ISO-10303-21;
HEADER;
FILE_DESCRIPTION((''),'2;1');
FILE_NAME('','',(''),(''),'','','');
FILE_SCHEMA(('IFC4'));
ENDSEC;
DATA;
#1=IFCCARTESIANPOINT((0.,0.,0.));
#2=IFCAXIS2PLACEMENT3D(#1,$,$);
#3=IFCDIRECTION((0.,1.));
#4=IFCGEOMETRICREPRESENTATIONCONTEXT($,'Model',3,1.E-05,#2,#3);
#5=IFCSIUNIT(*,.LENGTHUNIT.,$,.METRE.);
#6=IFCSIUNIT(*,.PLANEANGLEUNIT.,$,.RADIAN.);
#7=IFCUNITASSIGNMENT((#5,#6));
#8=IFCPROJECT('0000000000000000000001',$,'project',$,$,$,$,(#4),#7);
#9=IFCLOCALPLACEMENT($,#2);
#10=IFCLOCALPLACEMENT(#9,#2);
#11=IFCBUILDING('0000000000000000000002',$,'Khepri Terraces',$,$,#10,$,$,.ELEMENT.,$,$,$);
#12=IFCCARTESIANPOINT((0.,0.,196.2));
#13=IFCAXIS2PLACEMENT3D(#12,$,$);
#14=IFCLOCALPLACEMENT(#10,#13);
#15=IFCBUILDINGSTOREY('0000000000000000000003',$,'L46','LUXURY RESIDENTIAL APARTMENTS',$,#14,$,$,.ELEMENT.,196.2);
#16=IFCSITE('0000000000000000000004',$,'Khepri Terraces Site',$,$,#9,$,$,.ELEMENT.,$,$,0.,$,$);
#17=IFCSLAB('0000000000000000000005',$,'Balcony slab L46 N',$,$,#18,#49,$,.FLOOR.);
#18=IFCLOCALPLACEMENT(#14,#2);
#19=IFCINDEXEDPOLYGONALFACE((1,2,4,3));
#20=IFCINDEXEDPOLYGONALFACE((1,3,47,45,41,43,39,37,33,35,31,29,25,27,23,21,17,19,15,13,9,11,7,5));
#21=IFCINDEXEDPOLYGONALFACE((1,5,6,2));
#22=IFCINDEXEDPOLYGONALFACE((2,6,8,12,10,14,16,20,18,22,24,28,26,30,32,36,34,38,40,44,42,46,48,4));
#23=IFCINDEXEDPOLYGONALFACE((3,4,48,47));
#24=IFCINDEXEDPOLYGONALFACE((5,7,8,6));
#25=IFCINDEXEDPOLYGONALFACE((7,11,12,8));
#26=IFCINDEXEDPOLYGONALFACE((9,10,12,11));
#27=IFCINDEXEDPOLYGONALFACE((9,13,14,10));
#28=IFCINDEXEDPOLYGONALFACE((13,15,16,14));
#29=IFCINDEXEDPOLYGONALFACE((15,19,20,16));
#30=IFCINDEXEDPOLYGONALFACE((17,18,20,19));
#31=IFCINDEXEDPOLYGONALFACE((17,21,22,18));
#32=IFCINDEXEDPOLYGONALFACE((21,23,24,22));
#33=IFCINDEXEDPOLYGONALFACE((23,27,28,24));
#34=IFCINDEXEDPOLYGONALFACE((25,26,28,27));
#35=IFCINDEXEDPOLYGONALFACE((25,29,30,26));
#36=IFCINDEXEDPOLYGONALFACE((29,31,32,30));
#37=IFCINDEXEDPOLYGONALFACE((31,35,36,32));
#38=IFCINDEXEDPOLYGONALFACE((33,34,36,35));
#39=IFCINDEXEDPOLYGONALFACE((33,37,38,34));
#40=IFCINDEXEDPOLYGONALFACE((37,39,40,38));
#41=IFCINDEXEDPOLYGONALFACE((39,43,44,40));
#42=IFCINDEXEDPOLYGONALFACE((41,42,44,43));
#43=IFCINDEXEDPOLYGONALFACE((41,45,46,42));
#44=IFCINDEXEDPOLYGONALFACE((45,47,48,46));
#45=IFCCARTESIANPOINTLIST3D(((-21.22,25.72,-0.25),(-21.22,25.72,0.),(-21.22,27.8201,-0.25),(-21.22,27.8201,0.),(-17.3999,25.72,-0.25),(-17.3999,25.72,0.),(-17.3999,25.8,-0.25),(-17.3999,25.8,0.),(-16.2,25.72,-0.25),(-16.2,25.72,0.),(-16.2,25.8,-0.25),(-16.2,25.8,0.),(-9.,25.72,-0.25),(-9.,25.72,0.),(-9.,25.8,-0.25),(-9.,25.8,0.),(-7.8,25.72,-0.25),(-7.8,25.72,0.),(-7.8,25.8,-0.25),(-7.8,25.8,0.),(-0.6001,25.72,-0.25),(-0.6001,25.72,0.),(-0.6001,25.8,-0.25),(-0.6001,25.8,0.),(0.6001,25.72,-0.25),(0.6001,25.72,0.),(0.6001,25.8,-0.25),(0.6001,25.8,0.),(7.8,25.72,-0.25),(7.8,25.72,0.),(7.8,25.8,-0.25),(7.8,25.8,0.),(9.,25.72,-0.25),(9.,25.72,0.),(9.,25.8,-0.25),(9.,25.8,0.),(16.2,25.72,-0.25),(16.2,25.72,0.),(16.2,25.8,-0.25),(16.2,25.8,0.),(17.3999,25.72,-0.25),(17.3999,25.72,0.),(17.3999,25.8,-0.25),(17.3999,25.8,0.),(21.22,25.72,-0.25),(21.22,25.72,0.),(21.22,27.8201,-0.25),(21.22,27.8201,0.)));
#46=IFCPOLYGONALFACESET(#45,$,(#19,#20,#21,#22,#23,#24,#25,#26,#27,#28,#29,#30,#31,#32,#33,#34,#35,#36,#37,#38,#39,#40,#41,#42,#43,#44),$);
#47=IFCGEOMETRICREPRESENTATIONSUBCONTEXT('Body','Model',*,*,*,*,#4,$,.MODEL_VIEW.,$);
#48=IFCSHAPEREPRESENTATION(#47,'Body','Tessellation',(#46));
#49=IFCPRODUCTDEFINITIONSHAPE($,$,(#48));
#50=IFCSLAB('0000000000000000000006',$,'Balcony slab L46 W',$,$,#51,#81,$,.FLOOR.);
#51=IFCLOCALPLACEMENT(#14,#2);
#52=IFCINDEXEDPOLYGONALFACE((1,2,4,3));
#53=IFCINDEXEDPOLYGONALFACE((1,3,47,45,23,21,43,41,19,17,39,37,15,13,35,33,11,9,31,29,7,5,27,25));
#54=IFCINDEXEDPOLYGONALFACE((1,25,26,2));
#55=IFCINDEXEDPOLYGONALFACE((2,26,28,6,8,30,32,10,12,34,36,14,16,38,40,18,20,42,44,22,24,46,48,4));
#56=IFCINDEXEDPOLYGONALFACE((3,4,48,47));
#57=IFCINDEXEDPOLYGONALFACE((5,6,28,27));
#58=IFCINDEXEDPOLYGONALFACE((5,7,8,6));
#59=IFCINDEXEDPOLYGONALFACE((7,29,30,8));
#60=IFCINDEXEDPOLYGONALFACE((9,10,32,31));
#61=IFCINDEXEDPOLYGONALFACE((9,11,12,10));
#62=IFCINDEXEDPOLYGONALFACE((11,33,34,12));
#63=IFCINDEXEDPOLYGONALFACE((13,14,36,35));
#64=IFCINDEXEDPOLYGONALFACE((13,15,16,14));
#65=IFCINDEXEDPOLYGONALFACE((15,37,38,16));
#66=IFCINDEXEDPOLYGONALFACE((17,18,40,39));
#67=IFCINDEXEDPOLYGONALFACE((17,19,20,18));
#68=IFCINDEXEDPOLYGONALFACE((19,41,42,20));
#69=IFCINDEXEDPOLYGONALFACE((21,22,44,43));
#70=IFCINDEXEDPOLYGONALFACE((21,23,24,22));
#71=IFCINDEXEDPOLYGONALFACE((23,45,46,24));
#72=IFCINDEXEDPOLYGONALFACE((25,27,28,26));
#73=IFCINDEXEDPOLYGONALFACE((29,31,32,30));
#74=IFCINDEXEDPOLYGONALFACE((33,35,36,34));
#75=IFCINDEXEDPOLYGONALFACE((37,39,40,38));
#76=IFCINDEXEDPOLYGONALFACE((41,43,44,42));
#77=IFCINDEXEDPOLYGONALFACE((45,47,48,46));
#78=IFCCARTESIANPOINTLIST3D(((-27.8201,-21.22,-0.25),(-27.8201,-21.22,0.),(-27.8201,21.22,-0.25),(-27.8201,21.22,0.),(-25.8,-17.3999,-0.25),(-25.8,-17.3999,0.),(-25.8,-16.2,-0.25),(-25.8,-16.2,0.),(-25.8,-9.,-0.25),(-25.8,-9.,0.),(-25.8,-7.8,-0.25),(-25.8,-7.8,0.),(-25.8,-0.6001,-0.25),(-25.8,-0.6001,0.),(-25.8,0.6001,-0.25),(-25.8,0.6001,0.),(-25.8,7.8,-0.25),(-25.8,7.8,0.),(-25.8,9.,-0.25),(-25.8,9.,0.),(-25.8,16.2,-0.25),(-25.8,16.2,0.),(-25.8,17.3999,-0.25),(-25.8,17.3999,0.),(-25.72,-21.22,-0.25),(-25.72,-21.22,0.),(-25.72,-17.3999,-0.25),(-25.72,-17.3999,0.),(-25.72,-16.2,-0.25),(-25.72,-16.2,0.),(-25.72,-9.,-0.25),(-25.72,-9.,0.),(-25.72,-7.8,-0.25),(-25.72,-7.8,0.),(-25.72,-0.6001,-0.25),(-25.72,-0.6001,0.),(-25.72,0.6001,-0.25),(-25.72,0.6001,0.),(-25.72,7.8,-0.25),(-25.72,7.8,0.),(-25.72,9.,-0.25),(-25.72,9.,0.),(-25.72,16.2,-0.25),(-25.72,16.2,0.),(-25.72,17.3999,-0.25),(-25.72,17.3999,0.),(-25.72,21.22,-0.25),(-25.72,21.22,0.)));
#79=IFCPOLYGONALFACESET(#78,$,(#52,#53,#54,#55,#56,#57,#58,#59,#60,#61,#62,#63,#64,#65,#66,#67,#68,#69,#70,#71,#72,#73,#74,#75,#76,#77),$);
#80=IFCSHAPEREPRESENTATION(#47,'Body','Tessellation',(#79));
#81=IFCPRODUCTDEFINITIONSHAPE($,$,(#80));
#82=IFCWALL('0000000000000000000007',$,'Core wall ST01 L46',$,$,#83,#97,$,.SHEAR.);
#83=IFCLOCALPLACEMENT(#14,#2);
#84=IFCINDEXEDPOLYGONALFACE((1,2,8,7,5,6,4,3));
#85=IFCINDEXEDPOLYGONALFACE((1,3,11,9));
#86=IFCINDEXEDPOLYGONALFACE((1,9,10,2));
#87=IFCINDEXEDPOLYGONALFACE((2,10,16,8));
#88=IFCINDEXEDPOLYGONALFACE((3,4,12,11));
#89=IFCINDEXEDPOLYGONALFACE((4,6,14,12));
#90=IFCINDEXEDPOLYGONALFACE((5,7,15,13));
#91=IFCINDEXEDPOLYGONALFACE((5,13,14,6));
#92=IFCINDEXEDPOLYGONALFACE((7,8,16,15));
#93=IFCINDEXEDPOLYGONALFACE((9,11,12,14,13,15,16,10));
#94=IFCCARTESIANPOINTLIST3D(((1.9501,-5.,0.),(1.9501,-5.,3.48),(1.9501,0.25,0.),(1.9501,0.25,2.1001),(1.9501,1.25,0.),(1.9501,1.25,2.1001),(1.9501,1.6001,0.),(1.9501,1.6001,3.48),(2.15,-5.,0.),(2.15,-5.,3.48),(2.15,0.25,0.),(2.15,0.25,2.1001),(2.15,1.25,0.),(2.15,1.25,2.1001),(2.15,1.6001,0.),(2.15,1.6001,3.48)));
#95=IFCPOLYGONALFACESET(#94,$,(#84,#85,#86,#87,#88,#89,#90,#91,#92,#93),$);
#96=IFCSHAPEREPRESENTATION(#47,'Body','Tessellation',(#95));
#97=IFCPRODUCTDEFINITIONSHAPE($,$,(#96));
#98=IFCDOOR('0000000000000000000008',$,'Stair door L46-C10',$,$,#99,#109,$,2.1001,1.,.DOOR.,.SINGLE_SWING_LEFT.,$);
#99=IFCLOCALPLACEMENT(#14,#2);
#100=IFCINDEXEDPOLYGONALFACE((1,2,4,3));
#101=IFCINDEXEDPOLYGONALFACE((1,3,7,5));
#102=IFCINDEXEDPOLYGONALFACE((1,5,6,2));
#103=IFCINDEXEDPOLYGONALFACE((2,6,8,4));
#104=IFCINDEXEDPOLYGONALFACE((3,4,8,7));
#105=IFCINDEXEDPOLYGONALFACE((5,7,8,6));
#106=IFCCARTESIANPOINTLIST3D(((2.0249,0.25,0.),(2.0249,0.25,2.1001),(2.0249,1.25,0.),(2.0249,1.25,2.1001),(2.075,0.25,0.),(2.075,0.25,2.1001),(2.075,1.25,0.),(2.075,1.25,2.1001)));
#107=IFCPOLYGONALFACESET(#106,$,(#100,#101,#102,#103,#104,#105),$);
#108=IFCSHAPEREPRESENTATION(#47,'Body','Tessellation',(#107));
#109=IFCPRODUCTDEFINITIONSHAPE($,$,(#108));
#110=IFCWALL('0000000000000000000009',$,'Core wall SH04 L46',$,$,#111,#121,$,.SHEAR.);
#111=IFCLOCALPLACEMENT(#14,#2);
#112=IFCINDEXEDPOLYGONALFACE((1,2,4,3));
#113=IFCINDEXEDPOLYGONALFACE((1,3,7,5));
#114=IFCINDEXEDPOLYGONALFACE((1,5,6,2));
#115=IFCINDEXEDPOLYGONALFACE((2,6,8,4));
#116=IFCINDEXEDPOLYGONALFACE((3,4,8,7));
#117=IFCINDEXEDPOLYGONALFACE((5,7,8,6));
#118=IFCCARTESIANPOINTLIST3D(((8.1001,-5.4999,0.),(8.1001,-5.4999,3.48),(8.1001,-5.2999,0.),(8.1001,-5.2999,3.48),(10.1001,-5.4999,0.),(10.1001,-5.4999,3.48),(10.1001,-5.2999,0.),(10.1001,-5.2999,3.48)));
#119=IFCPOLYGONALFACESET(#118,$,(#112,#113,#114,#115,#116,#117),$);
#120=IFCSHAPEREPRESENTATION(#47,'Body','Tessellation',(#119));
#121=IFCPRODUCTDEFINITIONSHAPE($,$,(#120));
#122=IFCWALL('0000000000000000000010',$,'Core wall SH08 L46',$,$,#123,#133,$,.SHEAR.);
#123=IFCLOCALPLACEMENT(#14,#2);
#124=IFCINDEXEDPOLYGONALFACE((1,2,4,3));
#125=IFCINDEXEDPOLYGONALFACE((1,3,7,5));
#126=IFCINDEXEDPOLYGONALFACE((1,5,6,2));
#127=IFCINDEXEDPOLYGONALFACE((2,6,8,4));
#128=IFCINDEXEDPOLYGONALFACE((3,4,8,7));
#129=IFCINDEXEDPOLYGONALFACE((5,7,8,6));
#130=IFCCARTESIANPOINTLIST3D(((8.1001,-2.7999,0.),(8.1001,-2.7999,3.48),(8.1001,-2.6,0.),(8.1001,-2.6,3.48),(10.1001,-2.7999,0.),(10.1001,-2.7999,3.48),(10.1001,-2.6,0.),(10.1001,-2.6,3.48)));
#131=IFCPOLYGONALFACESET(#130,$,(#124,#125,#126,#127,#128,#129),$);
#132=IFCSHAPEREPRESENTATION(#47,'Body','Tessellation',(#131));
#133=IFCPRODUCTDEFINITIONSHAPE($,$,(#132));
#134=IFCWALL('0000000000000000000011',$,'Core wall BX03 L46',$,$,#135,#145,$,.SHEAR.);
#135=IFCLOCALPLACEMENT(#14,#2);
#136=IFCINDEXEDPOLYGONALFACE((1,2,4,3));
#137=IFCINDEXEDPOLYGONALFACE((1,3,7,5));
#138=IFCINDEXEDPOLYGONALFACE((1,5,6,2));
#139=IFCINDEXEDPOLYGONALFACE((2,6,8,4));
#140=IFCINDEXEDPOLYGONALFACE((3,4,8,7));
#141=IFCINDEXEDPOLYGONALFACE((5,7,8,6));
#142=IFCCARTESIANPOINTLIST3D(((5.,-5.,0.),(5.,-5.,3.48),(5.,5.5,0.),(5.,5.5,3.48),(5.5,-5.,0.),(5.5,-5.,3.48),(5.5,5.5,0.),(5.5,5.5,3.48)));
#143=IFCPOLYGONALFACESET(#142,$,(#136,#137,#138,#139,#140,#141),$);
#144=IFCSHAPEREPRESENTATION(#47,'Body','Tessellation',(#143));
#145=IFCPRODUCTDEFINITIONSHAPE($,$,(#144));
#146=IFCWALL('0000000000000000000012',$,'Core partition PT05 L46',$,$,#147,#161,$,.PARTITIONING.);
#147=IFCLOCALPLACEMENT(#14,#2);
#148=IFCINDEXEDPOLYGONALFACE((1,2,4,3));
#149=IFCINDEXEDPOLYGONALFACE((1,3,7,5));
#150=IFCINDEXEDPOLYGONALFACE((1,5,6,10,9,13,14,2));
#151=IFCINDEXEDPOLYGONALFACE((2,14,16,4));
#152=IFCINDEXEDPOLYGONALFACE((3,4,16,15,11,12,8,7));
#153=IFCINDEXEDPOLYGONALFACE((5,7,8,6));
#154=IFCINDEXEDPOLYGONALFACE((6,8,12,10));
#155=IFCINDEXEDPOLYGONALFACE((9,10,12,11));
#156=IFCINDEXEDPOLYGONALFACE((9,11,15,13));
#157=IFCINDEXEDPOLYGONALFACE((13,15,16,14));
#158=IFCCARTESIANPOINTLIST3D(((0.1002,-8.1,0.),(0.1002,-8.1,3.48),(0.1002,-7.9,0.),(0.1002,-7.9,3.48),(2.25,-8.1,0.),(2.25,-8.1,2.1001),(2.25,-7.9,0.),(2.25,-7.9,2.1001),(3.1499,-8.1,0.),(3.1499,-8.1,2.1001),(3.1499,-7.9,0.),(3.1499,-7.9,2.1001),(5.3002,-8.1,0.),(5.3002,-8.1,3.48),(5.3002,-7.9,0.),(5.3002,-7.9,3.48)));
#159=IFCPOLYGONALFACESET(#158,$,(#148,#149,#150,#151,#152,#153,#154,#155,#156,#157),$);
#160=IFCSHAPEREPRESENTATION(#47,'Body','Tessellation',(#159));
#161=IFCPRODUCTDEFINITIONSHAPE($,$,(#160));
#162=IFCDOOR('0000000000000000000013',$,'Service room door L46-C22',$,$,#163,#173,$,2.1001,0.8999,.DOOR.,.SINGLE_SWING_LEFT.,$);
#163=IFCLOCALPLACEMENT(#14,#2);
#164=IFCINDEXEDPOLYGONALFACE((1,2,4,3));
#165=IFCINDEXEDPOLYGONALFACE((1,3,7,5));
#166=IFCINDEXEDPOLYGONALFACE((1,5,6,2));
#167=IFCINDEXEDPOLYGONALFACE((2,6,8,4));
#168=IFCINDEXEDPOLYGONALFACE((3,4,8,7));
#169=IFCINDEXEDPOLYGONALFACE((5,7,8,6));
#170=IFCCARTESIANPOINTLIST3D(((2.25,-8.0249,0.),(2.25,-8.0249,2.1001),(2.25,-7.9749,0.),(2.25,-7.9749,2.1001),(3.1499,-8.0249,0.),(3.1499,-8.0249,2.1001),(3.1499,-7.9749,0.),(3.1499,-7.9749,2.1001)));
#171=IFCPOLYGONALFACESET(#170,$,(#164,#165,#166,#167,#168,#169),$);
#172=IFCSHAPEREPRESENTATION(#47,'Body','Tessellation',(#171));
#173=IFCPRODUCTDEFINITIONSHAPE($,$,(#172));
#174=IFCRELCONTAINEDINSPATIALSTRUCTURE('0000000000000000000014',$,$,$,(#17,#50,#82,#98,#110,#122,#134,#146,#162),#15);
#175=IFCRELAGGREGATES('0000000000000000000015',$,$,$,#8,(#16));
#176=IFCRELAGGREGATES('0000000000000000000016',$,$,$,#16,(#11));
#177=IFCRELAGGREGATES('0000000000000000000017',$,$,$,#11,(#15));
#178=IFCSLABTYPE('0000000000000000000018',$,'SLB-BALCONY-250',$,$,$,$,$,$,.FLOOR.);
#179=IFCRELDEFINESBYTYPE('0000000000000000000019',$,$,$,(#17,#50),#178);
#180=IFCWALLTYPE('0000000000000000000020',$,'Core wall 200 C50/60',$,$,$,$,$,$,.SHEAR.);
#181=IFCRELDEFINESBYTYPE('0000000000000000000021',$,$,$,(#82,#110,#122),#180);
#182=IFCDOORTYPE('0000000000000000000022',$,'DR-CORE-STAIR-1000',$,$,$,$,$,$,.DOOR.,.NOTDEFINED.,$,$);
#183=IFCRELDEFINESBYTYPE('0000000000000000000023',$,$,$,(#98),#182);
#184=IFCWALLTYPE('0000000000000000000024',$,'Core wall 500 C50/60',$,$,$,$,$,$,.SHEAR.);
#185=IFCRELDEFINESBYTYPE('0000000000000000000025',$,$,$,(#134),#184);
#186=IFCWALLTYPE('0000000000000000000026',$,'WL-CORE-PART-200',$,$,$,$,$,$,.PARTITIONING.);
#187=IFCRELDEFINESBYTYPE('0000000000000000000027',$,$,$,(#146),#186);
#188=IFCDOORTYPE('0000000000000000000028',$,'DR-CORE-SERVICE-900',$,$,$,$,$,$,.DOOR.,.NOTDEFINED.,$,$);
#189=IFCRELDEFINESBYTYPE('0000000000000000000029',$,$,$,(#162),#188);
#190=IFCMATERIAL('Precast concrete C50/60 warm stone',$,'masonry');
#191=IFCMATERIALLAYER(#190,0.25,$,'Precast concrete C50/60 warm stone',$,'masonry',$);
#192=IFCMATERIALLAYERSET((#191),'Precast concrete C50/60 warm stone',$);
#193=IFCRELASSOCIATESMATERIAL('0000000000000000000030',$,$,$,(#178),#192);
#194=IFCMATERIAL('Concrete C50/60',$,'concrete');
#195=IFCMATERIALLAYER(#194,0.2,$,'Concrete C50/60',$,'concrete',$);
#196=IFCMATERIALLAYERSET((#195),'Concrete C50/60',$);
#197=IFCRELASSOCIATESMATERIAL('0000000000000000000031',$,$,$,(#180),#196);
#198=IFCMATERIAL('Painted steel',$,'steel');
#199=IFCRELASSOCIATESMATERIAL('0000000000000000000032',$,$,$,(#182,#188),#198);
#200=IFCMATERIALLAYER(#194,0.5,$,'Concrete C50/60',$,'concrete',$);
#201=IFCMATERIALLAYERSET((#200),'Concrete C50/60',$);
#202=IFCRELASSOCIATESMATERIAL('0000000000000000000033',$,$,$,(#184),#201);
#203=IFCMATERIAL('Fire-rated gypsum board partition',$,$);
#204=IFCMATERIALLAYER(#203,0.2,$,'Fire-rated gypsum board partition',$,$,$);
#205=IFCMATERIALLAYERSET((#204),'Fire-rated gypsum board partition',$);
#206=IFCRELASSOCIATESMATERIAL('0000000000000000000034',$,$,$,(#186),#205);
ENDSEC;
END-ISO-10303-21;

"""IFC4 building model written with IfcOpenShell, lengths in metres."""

from ifc_helpers import new_model, si_unit, direction, frame, frame_2d, origin, place, context, subcontext, project, spatial, polyline, rectangle, outline, extrude, material, layer, layer_set, type_object, element, fill, save


model = new_model("IFC4")

# Units and contexts
model_context = context("Model", 3, precision=1e-05, world=origin(), true_north=direction((0.0, 1.0)))
body_context = subcontext(model_context, "Body", "Model", "MODEL_VIEW")
ifc_project = project(units=[si_unit("LENGTHUNIT", "METRE"), si_unit("PLANEANGLEUNIT", "RADIAN")], contexts=[model_context])

# Site, building, storey
site_placement = place(None, origin())
site = spatial("IfcSite", under=ifc_project, at=site_placement, Name="Khepri Terraces Site", CompositionType="ELEMENT", RefElevation=0.0)
building_placement = place(site_placement, origin())
building = spatial("IfcBuilding", under=site, at=building_placement, Name="Khepri Terraces", CompositionType="ELEMENT")
storey_placement = place(building_placement, frame((0.0, 0.0, 196.2)))
storey = spatial("IfcBuildingStorey", under=building, at=storey_placement, Name="L46", Description="LUXURY RESIDENTIAL APARTMENTS", CompositionType="ELEMENT", Elevation=196.2)

# Slabs
ifc_material_1 = material(Name="Precast concrete C50/60 warm stone", Category="masonry")
ifc_layer_1 = layer(ifc_material_1, 0.25, Name="Precast concrete C50/60 warm stone", Category="masonry")
ifc_layer_set_1 = layer_set([ifc_layer_1], Name="Precast concrete C50/60 warm stone")
slab_type = type_object("IfcSlabType", Name="SLB-BALCONY-250", PredefinedType="FLOOR", material=ifc_layer_set_1)
slab_1_placement = place(storey_placement, frame((0.0, 0.0, -0.25)))
element("IfcSlab", 1, at=slab_1_placement, inside=storey, type_object=slab_type, Name="Balcony slab L46 N", PredefinedType="FLOOR", context=body_context, shape_type="SweptSolid", body=[
    extrude(outline(polyline([(17.3999, 25.72), (21.22, 25.72), (21.22, 27.8201), (-21.22, 27.8201), (-21.22, 25.72), (-17.3999, 25.72), (-17.3999, 25.8), (-16.2, 25.8), (-16.2, 25.72), (-9.0, 25.72), (-9.0, 25.8), (-7.8, 25.8), (-7.8, 25.72), (-0.6001, 25.72), (-0.6001, 25.8), (0.6001, 25.8), (0.6001, 25.72), (7.8, 25.72), (7.8, 25.8), (9.0, 25.8), (9.0, 25.72), (16.2, 25.72), (16.2, 25.8), (17.3999, 25.8), (17.3999, 25.72)])), origin(), (0.0, 0.0, 1.0), 0.25),
])
slab_2_placement = place(storey_placement, frame((0.0, 0.0, -0.25)))
element("IfcSlab", 2, at=slab_2_placement, inside=storey, type_object=slab_type, Name="Balcony slab L46 W", PredefinedType="FLOOR", context=body_context, shape_type="SweptSolid", body=[
    extrude(outline(polyline([(-25.72, 17.3999), (-25.72, 21.22), (-27.8201, 21.22), (-27.8201, -21.22), (-25.72, -21.22), (-25.72, -17.3999), (-25.8, -17.3999), (-25.8, -16.2), (-25.72, -16.2), (-25.72, -9.0), (-25.8, -9.0), (-25.8, -7.8), (-25.72, -7.8), (-25.72, -0.6001), (-25.8, -0.6001), (-25.8, 0.6001), (-25.72, 0.6001), (-25.72, 7.8), (-25.8, 7.8), (-25.8, 9.0), (-25.72, 9.0), (-25.72, 16.2), (-25.8, 16.2), (-25.8, 17.3999), (-25.72, 17.3999)])), origin(), (0.0, 0.0, 1.0), 0.25),
])

# Wall, opening, door
ifc_material_2 = material(Name="Concrete C50/60", Category="concrete")
ifc_layer_2 = layer(ifc_material_2, 0.2, Name="Concrete C50/60", Category="concrete")
ifc_layer_set_2 = layer_set([ifc_layer_2], Name="Concrete C50/60")
wall_type_1 = type_object("IfcWallType", Name="Core wall 200 C50/60", PredefinedType="SHEAR", material=ifc_layer_set_2)
wall_1_placement = place(storey_placement, frame((2.05, -5.0, 0.0), z_axis=(0.0, 0.0, 1.0), x_axis=(0.0, 1.0, 0.0)))
wall_1 = element("IfcWall", 3, at=wall_1_placement, inside=storey, type_object=wall_type_1, Name="Core wall ST01 L46", PredefinedType="SHEAR", context=body_context, shape_type="SweptSolid", body=[
    extrude(rectangle(XDim=6.6001, YDim=0.2, at=frame_2d((3.3, 0.0))), origin(), (0.0, 0.0, 1.0), 3.48),
])
opening_1_placement = place(wall_1_placement, frame((5.25, 0.0, 0.0)))
opening_1 = element("IfcOpeningElement", 4, at=opening_1_placement, cuts=wall_1, PredefinedType="OPENING", context=body_context, shape_type="SweptSolid", body=[
    extrude(rectangle(XDim=1.0, YDim=2.1001, at=frame_2d((0.5, 1.05))), frame((0.0, 0.1099, 0.0), z_axis=(0.0, -1.0, 0.0), x_axis=(1.0, 0.0, 0.0)), (0.0, 0.0, 1.0), 0.22),
])
ifc_material_3 = material(Name="Painted steel", Category="steel")
door_type_1 = type_object("IfcDoorType", Name="DR-CORE-STAIR-1000", OperationType="NOTDEFINED", PredefinedType="DOOR", material=ifc_material_3)
door_1_placement = place(opening_1_placement, frame((1.0, 0.0, 0.0), z_axis=(0.0, 0.0, 1.0), x_axis=(-1.0, 0.0, 0.0)))
door_1 = element("IfcDoor", 5, at=door_1_placement, inside=storey, type_object=door_type_1, Name="Stair door L46-C10", OperationType="SINGLE_SWING_LEFT", OverallHeight=2.1001, OverallWidth=1.0, PredefinedType="DOOR", context=body_context, shape_type="SweptSolid", body=[
    extrude(rectangle(XDim=1.0, YDim=2.1001, at=frame_2d((0.5, 1.05))), frame((0.0, 0.0249, 0.0), z_axis=(0.0, -1.0, 0.0), x_axis=(1.0, 0.0, 0.0)), (0.0, 0.0, 1.0), 0.05),
])
fill(opening_1, door_1)

# Walls
for number, where, z_axis, x_axis, name in (
    (6, (8.1001, -5.3999, 0.0), (0.0, 0.0, 1.0), (1.0, 0.0, 0.0), "Core wall SH04 L46"),
    (7, (8.1001, -2.7, 0.0), (0.0, 0.0, 1.0), (1.0, 0.0, 0.0), "Core wall SH08 L46"),
):
    element("IfcWall", number, at=place(storey_placement, frame(where, z_axis=z_axis, x_axis=x_axis)), inside=storey, type_object=wall_type_1, Name=name, PredefinedType="SHEAR", context=body_context, shape_type="SweptSolid", body=[
        extrude(rectangle(XDim=2.0, YDim=0.2, at=frame_2d((1.0, 0.0))), origin(), (0.0, 0.0, 1.0), 3.48),
    ])
ifc_layer_3 = layer(ifc_material_2, 0.5, Name="Concrete C50/60", Category="concrete")
ifc_layer_set_3 = layer_set([ifc_layer_3], Name="Concrete C50/60")
wall_type_2 = type_object("IfcWallType", Name="Core wall 500 C50/60", PredefinedType="SHEAR", material=ifc_layer_set_3)
wall_2_placement = place(storey_placement, frame((5.25, -5.0, 0.0), z_axis=(0.0, 0.0, 1.0), x_axis=(0.0, 1.0, 0.0)))
element("IfcWall", 8, at=wall_2_placement, inside=storey, type_object=wall_type_2, Name="Core wall BX03 L46", PredefinedType="SHEAR", context=body_context, shape_type="SweptSolid", body=[
    extrude(rectangle(XDim=10.5, YDim=0.5, at=frame_2d((5.25, 0.0))), origin(), (0.0, 0.0, 1.0), 3.48),
])

# Wall, opening, door
ifc_material_4 = material(Name="Fire-rated gypsum board partition")
ifc_layer_4 = layer(ifc_material_4, 0.2, Name="Fire-rated gypsum board partition")
ifc_layer_set_4 = layer_set([ifc_layer_4], Name="Fire-rated gypsum board partition")
wall_type_3 = type_object("IfcWallType", Name="WL-CORE-PART-200", PredefinedType="PARTITIONING", material=ifc_layer_set_4)
wall_3_placement = place(storey_placement, frame((0.1001, -8.0, 0.0), z_axis=(0.0, 0.0, 1.0), x_axis=(1.0, 0.0, 0.0)))
wall_3 = element("IfcWall", 9, at=wall_3_placement, inside=storey, type_object=wall_type_3, Name="Core partition PT05 L46", PredefinedType="PARTITIONING", context=body_context, shape_type="SweptSolid", body=[
    extrude(rectangle(XDim=5.2, YDim=0.2, at=frame_2d((2.6001, 0.0))), origin(), (0.0, 0.0, 1.0), 3.48),
])
opening_2_placement = place(wall_3_placement, frame((2.1499, 0.0, 0.0)))
opening_2 = element("IfcOpeningElement", 10, at=opening_2_placement, cuts=wall_3, PredefinedType="OPENING", context=body_context, shape_type="SweptSolid", body=[
    extrude(rectangle(XDim=0.8999, YDim=2.1001, at=frame_2d((0.45, 1.05))), frame((0.0, 0.1099, 0.0), z_axis=(0.0, -1.0, 0.0), x_axis=(1.0, 0.0, 0.0)), (0.0, 0.0, 1.0), 0.22),
])
door_type_2 = type_object("IfcDoorType", Name="DR-CORE-SERVICE-900", OperationType="NOTDEFINED", PredefinedType="DOOR", material=ifc_material_3)
door_2_placement = place(opening_2_placement, frame((0.8999, 0.0, 0.0), z_axis=(0.0, 0.0, 1.0), x_axis=(-1.0, 0.0, 0.0)))
door_2 = element("IfcDoor", 11, at=door_2_placement, inside=storey, type_object=door_type_2, Name="Service room door L46-C22", OperationType="SINGLE_SWING_LEFT", OverallHeight=2.1001, OverallWidth=0.8999, PredefinedType="DOOR", context=body_context, shape_type="SweptSolid", body=[
    extrude(rectangle(XDim=0.8999, YDim=2.1001, at=frame_2d((0.45, 1.05))), frame((0.0, 0.0249, 0.0), z_axis=(0.0, -1.0, 0.0), x_axis=(1.0, 0.0, 0.0)), (0.0, 0.0, 1.0), 0.05),
])
fill(opening_2, door_2)

save(model, "model.ifc")
